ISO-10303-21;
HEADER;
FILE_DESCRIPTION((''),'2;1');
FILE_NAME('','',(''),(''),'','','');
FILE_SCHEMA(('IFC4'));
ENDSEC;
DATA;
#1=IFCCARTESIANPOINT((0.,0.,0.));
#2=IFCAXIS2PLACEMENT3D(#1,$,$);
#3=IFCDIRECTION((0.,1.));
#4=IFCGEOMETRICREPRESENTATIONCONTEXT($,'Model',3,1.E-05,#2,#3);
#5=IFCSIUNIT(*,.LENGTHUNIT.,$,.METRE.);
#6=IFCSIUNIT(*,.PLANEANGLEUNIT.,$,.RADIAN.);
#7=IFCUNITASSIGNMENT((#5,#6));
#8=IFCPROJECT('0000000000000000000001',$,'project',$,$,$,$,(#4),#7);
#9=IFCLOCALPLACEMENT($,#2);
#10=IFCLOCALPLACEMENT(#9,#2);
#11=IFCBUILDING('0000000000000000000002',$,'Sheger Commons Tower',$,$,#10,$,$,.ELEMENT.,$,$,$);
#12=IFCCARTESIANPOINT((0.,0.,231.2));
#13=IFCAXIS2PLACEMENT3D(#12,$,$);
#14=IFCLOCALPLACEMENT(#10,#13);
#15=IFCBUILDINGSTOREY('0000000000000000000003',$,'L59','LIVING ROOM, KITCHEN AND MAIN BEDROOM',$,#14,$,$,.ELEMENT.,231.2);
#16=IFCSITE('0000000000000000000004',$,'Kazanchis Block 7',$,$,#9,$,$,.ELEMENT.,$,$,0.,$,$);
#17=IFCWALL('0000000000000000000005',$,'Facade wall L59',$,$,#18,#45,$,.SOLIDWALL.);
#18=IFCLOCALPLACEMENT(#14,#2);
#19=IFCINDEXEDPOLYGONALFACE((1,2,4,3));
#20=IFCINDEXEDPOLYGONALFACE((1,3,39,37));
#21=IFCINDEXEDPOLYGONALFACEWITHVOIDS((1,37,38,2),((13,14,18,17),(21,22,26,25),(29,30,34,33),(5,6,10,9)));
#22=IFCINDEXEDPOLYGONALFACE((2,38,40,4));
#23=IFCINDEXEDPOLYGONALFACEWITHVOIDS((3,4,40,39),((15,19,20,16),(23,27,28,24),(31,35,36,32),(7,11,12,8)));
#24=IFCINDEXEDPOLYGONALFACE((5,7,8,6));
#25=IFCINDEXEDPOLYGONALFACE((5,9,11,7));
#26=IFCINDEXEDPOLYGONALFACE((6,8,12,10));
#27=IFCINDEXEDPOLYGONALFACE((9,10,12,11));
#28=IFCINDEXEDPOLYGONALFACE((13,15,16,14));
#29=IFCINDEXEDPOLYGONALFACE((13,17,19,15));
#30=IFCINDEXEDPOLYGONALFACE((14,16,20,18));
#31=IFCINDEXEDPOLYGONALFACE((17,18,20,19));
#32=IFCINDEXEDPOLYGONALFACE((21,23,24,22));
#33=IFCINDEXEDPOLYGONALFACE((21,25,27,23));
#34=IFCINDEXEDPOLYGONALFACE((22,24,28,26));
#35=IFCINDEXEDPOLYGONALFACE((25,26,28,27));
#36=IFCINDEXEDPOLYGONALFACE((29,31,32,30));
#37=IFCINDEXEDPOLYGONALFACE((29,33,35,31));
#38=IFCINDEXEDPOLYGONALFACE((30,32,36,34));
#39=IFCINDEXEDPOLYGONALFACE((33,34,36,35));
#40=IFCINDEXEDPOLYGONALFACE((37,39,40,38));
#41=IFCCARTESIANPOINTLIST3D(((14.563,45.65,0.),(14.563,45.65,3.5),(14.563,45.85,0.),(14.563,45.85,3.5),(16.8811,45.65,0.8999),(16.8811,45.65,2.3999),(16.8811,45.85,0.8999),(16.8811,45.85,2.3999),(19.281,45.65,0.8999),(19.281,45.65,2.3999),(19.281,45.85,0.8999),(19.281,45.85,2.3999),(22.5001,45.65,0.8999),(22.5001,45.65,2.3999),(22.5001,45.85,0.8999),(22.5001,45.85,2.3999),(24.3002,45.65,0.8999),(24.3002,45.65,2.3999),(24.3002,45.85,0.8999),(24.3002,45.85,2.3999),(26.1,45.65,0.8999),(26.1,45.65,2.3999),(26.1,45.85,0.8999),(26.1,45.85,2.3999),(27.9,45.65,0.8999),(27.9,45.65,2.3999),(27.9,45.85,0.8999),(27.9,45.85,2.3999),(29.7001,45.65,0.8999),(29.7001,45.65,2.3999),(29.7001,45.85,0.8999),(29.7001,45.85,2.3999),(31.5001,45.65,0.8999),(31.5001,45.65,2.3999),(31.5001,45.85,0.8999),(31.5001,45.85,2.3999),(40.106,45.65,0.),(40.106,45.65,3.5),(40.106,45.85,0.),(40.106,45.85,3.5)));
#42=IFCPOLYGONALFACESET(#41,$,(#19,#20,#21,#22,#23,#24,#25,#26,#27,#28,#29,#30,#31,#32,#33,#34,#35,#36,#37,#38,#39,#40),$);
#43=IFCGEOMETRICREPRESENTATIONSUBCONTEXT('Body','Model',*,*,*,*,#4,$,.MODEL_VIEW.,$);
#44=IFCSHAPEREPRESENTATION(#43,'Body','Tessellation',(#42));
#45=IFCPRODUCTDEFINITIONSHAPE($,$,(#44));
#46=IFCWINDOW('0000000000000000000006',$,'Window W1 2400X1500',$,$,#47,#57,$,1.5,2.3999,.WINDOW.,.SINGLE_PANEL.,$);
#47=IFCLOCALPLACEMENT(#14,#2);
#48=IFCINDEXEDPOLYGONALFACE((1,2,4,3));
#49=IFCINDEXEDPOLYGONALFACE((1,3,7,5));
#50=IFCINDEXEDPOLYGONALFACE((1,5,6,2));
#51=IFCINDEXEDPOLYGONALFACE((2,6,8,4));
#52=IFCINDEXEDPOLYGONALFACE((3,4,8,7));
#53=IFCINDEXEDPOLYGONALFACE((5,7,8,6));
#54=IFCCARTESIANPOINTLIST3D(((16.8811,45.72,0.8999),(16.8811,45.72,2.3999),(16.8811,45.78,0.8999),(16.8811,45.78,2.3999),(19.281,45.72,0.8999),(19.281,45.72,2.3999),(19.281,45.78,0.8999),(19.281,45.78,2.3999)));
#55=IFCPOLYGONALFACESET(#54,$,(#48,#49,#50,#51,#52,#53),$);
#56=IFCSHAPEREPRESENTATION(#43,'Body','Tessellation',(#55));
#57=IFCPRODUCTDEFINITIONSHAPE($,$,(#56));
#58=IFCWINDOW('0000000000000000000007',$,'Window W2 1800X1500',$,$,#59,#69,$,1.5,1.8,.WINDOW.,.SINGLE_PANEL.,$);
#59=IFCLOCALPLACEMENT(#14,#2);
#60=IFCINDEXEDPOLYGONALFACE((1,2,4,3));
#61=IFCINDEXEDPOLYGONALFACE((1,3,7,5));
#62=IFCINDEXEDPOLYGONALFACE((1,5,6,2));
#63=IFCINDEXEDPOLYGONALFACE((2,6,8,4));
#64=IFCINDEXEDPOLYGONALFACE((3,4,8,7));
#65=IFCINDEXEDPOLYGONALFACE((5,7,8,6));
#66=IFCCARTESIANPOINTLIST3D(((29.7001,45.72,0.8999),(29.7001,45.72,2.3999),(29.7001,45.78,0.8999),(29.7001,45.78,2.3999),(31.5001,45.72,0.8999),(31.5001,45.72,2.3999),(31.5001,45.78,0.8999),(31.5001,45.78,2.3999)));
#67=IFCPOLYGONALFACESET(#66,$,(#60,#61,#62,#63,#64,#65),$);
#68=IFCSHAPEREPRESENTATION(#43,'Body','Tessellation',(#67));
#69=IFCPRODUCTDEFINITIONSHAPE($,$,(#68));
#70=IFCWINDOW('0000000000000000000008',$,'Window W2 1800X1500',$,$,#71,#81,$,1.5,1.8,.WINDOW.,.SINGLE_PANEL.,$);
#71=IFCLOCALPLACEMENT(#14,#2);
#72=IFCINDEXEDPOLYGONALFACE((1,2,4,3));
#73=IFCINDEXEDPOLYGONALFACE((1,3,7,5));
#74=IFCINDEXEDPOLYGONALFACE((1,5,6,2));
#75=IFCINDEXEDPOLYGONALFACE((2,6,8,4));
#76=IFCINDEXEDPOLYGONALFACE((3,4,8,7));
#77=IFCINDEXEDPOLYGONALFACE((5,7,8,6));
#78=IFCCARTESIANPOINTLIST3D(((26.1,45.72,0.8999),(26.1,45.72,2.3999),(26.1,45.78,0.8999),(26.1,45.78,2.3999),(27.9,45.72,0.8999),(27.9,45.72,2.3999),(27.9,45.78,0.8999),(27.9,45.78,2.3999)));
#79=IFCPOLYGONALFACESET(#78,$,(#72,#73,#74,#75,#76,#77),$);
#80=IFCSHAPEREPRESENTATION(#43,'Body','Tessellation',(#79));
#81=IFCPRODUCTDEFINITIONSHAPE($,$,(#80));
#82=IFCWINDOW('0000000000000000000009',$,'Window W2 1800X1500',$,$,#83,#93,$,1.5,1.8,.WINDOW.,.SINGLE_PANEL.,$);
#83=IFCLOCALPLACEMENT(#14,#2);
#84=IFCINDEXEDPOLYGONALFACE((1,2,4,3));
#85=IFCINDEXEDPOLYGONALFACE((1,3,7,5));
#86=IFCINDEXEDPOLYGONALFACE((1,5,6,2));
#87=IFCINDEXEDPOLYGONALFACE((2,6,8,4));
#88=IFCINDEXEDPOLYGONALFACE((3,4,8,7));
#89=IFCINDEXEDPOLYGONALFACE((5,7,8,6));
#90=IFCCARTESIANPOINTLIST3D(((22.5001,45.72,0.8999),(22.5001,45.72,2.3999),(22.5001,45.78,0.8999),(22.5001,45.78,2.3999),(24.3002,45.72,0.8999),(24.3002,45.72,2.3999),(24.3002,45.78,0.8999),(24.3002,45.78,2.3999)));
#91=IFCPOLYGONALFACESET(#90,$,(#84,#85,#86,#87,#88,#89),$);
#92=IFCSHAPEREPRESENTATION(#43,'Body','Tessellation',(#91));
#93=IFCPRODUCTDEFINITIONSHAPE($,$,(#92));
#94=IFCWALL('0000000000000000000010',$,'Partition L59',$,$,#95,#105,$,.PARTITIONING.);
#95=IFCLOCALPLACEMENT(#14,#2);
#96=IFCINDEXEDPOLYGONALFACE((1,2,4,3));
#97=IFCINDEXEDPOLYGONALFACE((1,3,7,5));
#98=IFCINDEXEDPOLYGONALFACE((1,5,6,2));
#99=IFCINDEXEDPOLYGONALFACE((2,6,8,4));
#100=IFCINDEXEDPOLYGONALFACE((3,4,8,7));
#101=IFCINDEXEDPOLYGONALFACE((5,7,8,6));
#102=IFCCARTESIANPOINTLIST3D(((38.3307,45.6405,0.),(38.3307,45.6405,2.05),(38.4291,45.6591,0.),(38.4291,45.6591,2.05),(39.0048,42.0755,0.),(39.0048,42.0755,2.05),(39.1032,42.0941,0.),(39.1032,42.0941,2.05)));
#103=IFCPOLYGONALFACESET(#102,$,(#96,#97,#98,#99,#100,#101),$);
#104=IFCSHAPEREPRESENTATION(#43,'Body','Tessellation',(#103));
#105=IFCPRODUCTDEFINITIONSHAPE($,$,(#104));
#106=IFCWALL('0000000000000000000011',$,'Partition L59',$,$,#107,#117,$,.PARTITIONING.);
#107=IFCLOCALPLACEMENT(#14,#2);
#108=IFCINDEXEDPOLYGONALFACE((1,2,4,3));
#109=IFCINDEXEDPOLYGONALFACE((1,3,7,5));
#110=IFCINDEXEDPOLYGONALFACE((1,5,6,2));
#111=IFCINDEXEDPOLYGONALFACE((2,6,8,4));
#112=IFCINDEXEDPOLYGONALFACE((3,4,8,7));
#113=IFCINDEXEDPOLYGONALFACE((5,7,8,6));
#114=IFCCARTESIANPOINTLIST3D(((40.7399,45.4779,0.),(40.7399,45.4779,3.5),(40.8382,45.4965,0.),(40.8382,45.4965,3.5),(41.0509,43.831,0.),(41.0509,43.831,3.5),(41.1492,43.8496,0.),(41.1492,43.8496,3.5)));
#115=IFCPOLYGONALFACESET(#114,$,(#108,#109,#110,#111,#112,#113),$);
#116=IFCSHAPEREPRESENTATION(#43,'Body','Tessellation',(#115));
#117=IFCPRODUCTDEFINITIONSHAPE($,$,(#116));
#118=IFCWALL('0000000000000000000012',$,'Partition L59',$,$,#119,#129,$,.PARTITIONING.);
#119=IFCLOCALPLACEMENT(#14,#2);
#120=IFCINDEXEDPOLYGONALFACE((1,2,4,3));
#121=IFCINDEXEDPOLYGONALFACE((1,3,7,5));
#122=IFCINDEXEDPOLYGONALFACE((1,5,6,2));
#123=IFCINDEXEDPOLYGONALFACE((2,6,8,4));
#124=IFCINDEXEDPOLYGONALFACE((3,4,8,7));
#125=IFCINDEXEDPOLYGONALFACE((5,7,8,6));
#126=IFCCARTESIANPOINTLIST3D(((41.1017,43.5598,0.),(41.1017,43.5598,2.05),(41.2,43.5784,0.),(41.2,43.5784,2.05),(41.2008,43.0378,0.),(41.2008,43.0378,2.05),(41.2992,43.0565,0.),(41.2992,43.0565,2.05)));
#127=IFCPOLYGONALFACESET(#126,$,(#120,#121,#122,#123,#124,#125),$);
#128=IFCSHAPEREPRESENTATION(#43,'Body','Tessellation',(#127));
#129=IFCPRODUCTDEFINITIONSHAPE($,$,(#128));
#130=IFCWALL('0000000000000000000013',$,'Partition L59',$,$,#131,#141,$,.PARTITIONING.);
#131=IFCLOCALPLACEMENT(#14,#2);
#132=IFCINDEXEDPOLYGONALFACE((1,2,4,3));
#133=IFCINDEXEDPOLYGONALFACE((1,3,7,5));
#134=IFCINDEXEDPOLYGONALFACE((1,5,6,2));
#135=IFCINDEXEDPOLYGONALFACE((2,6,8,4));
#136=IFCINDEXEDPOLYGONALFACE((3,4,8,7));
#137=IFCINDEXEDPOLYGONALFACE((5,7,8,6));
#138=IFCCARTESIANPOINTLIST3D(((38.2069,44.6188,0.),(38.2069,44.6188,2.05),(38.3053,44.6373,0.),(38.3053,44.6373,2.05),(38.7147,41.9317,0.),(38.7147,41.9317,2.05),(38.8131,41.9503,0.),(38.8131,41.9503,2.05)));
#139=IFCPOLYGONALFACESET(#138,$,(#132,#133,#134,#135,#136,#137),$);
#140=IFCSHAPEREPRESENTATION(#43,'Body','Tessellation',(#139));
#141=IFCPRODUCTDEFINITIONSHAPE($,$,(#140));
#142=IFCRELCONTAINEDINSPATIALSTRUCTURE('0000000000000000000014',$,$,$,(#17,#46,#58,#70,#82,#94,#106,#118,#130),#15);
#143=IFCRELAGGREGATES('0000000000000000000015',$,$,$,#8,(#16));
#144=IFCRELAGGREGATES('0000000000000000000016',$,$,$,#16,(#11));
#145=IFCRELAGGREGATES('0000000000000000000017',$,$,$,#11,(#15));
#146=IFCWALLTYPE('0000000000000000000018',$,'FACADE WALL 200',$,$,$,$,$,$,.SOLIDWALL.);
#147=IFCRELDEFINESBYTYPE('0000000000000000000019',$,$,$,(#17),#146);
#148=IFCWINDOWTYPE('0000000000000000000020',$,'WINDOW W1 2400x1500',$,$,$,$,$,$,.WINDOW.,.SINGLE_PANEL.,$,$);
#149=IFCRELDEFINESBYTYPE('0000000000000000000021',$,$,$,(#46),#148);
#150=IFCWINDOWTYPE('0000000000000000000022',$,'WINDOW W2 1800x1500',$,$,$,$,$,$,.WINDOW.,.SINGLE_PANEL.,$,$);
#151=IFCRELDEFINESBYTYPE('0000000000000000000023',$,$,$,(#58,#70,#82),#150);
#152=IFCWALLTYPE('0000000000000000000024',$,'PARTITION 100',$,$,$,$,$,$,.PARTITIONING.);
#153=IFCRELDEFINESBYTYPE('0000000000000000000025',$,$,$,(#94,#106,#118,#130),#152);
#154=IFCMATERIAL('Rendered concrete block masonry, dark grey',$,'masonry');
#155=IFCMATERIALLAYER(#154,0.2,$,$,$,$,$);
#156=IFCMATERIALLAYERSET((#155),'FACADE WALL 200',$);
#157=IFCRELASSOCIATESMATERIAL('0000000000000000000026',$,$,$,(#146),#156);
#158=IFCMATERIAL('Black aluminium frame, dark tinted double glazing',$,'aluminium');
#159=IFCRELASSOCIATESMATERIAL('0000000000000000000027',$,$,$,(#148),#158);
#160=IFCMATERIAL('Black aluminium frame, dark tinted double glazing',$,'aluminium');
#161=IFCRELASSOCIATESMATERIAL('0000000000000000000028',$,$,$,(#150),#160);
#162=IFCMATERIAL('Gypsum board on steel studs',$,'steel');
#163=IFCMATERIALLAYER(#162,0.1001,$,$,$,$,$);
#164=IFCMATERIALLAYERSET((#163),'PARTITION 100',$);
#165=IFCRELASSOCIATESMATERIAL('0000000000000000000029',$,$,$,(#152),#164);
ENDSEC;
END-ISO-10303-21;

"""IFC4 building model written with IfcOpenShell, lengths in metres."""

from ifc_helpers import new_model, si_unit, direction, frame, frame_2d, origin, place, context, subcontext, project, spatial, rectangle, extrude, material, layer, layer_set, type_object, element, fill, save


model = new_model("IFC4")

# Units and contexts
model_context = context("Model", 3, precision=1e-05, world=origin(), true_north=direction((0.0, 1.0)))
body_context = subcontext(model_context, "Body", "Model", "MODEL_VIEW")
ifc_project = project(units=[si_unit("LENGTHUNIT", "METRE"), si_unit("PLANEANGLEUNIT", "RADIAN")], contexts=[model_context])

# Site, building, storey
site_placement = place(None, origin())
site = spatial("IfcSite", under=ifc_project, at=site_placement, Name="Kazanchis Block 7", CompositionType="ELEMENT", RefElevation=0.0)
building_placement = place(site_placement, origin())
building = spatial("IfcBuilding", under=site, at=building_placement, Name="Sheger Commons Tower", CompositionType="ELEMENT")
storey_placement = place(building_placement, frame((0.0, 0.0, 231.2)))
storey = spatial("IfcBuildingStorey", under=building, at=storey_placement, Name="L59", Description="LIVING ROOM, KITCHEN AND MAIN BEDROOM", CompositionType="ELEMENT", Elevation=231.2)

# Shared definitions
ifc_material_1 = material(Name="Rendered concrete block masonry, dark grey", Category="masonry")
ifc_layer_1 = layer(ifc_material_1, 0.2)
ifc_layer_set_1 = layer_set([ifc_layer_1], Name="FACADE WALL 200")
wall_type_1 = type_object("IfcWallType", Name="FACADE WALL 200", PredefinedType="SOLIDWALL", material=ifc_layer_set_1)

# Wall, openings, windows
wall_1_placement = place(storey_placement, frame((40.106, 45.75, 0.0), z_axis=(0.0, 0.0, 1.0), x_axis=(-1.0, 0.0, 0.0)))
wall_1 = element("IfcWall", 1, at=wall_1_placement, inside=storey, type_object=wall_type_1, Name="Facade wall L59", PredefinedType="SOLIDWALL", context=body_context, shape_type="SweptSolid", body=[
    extrude(rectangle(XDim=25.543, YDim=0.2, at=frame_2d((12.7715, 0.0))), origin(), (0.0, 0.0, 1.0), 3.5),
])
opening_1_placement = place(wall_1_placement, frame((8.606, 0.0, 0.8999)))
opening_1 = element("IfcOpeningElement", 2, at=opening_1_placement, cuts=wall_1, PredefinedType="OPENING", context=body_context, shape_type="SweptSolid", body=[
    extrude(rectangle(XDim=1.8, YDim=1.5, at=frame_2d((0.8999, 0.75))), frame((0.0, 0.1099, 0.0), z_axis=(0.0, -1.0, 0.0), x_axis=(1.0, 0.0, 0.0)), (0.0, 0.0, 1.0), 0.22),
])
opening_2_placement = place(wall_1_placement, frame((12.2061, 0.0, 0.8999)))
opening_2 = element("IfcOpeningElement", 3, at=opening_2_placement, cuts=wall_1, PredefinedType="OPENING", context=body_context, shape_type="SweptSolid", body=[
    extrude(rectangle(XDim=1.8, YDim=1.5, at=frame_2d((0.8999, 0.75))), frame((0.0, 0.1099, 0.0), z_axis=(0.0, -1.0, 0.0), x_axis=(1.0, 0.0, 0.0)), (0.0, 0.0, 1.0), 0.22),
])
opening_3_placement = place(wall_1_placement, frame((15.8059, 0.0, 0.8999)))
opening_3 = element("IfcOpeningElement", 4, at=opening_3_placement, cuts=wall_1, PredefinedType="OPENING", context=body_context, shape_type="SweptSolid", body=[
    extrude(rectangle(XDim=1.8, YDim=1.5, at=frame_2d((0.8999, 0.75))), frame((0.0, 0.1099, 0.0), z_axis=(0.0, -1.0, 0.0), x_axis=(1.0, 0.0, 0.0)), (0.0, 0.0, 1.0), 0.22),
])
opening_4_placement = place(wall_1_placement, frame((20.825, 0.0, 0.8999)))
opening_4 = element("IfcOpeningElement", 5, at=opening_4_placement, cuts=wall_1, PredefinedType="OPENING", context=body_context, shape_type="SweptSolid", body=[
    extrude(rectangle(XDim=2.3999, YDim=1.5, at=frame_2d((1.2, 0.75))), frame((0.0, 0.1099, 0.0), z_axis=(0.0, -1.0, 0.0), x_axis=(1.0, 0.0, 0.0)), (0.0, 0.0, 1.0), 0.22),
])
ifc_material_2 = material(Name="Black aluminium frame, dark tinted double glazing", Category="aluminium")
window_type_1 = type_object("IfcWindowType", Name="WINDOW W1 2400x1500", PartitioningType="SINGLE_PANEL", PredefinedType="WINDOW", material=ifc_material_2)
window_1_placement = place(opening_4_placement, origin())
window_1 = element("IfcWindow", 6, at=window_1_placement, inside=storey, type_object=window_type_1, Name="Window W1 2400X1500", OverallHeight=1.5, OverallWidth=2.3999, PartitioningType="SINGLE_PANEL", PredefinedType="WINDOW", context=body_context, shape_type="SweptSolid", body=[
    extrude(rectangle(XDim=2.3999, YDim=1.5, at=frame_2d((1.2, 0.75))), frame((0.0, 0.03, 0.0), z_axis=(0.0, -1.0, 0.0), x_axis=(1.0, 0.0, 0.0)), (0.0, 0.0, 1.0), 0.0601),
])
fill(opening_4, window_1)
ifc_material_3 = material(Name="Black aluminium frame, dark tinted double glazing", Category="aluminium")
window_type_2 = type_object("IfcWindowType", Name="WINDOW W2 1800x1500", PartitioningType="SINGLE_PANEL", PredefinedType="WINDOW", material=ifc_material_3)
window_2_placement = place(opening_1_placement, origin())
window_2 = element("IfcWindow", 7, at=window_2_placement, inside=storey, type_object=window_type_2, Name="Window W2 1800X1500", OverallHeight=1.5, OverallWidth=1.8, PartitioningType="SINGLE_PANEL", PredefinedType="WINDOW", context=body_context, shape_type="SweptSolid", body=[
    extrude(rectangle(XDim=1.8, YDim=1.5, at=frame_2d((0.8999, 0.75))), frame((0.0, 0.03, 0.0), z_axis=(0.0, -1.0, 0.0), x_axis=(1.0, 0.0, 0.0)), (0.0, 0.0, 1.0), 0.0601),
])
fill(opening_1, window_2)
window_3_placement = place(opening_2_placement, origin())
window_3 = element("IfcWindow", 8, at=window_3_placement, inside=storey, type_object=window_type_2, Name="Window W2 1800X1500", OverallHeight=1.5, OverallWidth=1.8, PartitioningType="SINGLE_PANEL", PredefinedType="WINDOW", context=body_context, shape_type="SweptSolid", body=[
    extrude(rectangle(XDim=1.8, YDim=1.5, at=frame_2d((0.8999, 0.75))), frame((0.0, 0.03, 0.0), z_axis=(0.0, -1.0, 0.0), x_axis=(1.0, 0.0, 0.0)), (0.0, 0.0, 1.0), 0.0601),
])
fill(opening_2, window_3)
window_4_placement = place(opening_3_placement, origin())
window_4 = element("IfcWindow", 9, at=window_4_placement, inside=storey, type_object=window_type_2, Name="Window W2 1800X1500", OverallHeight=1.5, OverallWidth=1.8, PartitioningType="SINGLE_PANEL", PredefinedType="WINDOW", context=body_context, shape_type="SweptSolid", body=[
    extrude(rectangle(XDim=1.8, YDim=1.5, at=frame_2d((0.8999, 0.75))), frame((0.0, 0.03, 0.0), z_axis=(0.0, -1.0, 0.0), x_axis=(1.0, 0.0, 0.0)), (0.0, 0.0, 1.0), 0.0601),
])
fill(opening_3, window_4)

# Walls
ifc_material_4 = material(Name="Gypsum board on steel studs", Category="steel")
ifc_layer_2 = layer(ifc_material_4, 0.1001)
ifc_layer_set_2 = layer_set([ifc_layer_2], Name="PARTITION 100")
wall_type_2 = type_object("IfcWallType", Name="PARTITION 100", PredefinedType="PARTITIONING", material=ifc_layer_set_2)
wall_2_placement = place(storey_placement, frame((39.054, 42.085, 0.0), z_axis=(0.0, 0.0, 1.0), x_axis=(-0.185792, 0.982589, 0.0)))
element("IfcWall", 10, at=wall_2_placement, inside=storey, type_object=wall_type_2, Name="Partition L59", PredefinedType="PARTITIONING", context=body_context, shape_type="SweptSolid", body=[
    extrude(rectangle(XDim=3.6282, YDim=0.1001, at=frame_2d((1.814, 0.0))), origin(), (0.0, 0.0, 1.0), 2.05),
])
wall_3_placement = place(storey_placement, frame((40.7891, 45.4871, 0.0), z_axis=(0.0, 0.0, 1.0), x_axis=(0.185572, -0.982631, 0.0)))
element("IfcWall", 11, at=wall_3_placement, inside=storey, type_object=wall_type_2, Name="Partition L59", PredefinedType="PARTITIONING", context=body_context, shape_type="SweptSolid", body=[
    extrude(rectangle(XDim=1.676, YDim=0.1001, at=frame_2d((0.8379, 0.0))), origin(), (0.0, 0.0, 1.0), 3.5),
])
wall_4_placement = place(storey_placement, frame((41.1509, 43.5691, 0.0), z_axis=(0.0, 0.0, 1.0), x_axis=(0.186563, -0.982443, 0.0)))
element("IfcWall", 12, at=wall_4_placement, inside=storey, type_object=wall_type_2, Name="Partition L59", PredefinedType="PARTITIONING", context=body_context, shape_type="SweptSolid", body=[
    extrude(rectangle(XDim=0.5312, YDim=0.1001, at=frame_2d((0.2656, 0.0))), origin(), (0.0, 0.0, 1.0), 2.05),
])
wall_5_placement = place(storey_placement, frame((38.2561, 44.6279, 0.0), z_axis=(0.0, 0.0, 1.0), x_axis=(0.185701, -0.982606, 0.0)))
element("IfcWall", 13, at=wall_5_placement, inside=storey, type_object=wall_type_2, Name="Partition L59", PredefinedType="PARTITIONING", context=body_context, shape_type="SweptSolid", body=[
    extrude(rectangle(XDim=2.7346, YDim=0.1001, at=frame_2d((1.3672, 0.0))), origin(), (0.0, 0.0, 1.0), 2.05),
])

save(model, "model.ifc")
